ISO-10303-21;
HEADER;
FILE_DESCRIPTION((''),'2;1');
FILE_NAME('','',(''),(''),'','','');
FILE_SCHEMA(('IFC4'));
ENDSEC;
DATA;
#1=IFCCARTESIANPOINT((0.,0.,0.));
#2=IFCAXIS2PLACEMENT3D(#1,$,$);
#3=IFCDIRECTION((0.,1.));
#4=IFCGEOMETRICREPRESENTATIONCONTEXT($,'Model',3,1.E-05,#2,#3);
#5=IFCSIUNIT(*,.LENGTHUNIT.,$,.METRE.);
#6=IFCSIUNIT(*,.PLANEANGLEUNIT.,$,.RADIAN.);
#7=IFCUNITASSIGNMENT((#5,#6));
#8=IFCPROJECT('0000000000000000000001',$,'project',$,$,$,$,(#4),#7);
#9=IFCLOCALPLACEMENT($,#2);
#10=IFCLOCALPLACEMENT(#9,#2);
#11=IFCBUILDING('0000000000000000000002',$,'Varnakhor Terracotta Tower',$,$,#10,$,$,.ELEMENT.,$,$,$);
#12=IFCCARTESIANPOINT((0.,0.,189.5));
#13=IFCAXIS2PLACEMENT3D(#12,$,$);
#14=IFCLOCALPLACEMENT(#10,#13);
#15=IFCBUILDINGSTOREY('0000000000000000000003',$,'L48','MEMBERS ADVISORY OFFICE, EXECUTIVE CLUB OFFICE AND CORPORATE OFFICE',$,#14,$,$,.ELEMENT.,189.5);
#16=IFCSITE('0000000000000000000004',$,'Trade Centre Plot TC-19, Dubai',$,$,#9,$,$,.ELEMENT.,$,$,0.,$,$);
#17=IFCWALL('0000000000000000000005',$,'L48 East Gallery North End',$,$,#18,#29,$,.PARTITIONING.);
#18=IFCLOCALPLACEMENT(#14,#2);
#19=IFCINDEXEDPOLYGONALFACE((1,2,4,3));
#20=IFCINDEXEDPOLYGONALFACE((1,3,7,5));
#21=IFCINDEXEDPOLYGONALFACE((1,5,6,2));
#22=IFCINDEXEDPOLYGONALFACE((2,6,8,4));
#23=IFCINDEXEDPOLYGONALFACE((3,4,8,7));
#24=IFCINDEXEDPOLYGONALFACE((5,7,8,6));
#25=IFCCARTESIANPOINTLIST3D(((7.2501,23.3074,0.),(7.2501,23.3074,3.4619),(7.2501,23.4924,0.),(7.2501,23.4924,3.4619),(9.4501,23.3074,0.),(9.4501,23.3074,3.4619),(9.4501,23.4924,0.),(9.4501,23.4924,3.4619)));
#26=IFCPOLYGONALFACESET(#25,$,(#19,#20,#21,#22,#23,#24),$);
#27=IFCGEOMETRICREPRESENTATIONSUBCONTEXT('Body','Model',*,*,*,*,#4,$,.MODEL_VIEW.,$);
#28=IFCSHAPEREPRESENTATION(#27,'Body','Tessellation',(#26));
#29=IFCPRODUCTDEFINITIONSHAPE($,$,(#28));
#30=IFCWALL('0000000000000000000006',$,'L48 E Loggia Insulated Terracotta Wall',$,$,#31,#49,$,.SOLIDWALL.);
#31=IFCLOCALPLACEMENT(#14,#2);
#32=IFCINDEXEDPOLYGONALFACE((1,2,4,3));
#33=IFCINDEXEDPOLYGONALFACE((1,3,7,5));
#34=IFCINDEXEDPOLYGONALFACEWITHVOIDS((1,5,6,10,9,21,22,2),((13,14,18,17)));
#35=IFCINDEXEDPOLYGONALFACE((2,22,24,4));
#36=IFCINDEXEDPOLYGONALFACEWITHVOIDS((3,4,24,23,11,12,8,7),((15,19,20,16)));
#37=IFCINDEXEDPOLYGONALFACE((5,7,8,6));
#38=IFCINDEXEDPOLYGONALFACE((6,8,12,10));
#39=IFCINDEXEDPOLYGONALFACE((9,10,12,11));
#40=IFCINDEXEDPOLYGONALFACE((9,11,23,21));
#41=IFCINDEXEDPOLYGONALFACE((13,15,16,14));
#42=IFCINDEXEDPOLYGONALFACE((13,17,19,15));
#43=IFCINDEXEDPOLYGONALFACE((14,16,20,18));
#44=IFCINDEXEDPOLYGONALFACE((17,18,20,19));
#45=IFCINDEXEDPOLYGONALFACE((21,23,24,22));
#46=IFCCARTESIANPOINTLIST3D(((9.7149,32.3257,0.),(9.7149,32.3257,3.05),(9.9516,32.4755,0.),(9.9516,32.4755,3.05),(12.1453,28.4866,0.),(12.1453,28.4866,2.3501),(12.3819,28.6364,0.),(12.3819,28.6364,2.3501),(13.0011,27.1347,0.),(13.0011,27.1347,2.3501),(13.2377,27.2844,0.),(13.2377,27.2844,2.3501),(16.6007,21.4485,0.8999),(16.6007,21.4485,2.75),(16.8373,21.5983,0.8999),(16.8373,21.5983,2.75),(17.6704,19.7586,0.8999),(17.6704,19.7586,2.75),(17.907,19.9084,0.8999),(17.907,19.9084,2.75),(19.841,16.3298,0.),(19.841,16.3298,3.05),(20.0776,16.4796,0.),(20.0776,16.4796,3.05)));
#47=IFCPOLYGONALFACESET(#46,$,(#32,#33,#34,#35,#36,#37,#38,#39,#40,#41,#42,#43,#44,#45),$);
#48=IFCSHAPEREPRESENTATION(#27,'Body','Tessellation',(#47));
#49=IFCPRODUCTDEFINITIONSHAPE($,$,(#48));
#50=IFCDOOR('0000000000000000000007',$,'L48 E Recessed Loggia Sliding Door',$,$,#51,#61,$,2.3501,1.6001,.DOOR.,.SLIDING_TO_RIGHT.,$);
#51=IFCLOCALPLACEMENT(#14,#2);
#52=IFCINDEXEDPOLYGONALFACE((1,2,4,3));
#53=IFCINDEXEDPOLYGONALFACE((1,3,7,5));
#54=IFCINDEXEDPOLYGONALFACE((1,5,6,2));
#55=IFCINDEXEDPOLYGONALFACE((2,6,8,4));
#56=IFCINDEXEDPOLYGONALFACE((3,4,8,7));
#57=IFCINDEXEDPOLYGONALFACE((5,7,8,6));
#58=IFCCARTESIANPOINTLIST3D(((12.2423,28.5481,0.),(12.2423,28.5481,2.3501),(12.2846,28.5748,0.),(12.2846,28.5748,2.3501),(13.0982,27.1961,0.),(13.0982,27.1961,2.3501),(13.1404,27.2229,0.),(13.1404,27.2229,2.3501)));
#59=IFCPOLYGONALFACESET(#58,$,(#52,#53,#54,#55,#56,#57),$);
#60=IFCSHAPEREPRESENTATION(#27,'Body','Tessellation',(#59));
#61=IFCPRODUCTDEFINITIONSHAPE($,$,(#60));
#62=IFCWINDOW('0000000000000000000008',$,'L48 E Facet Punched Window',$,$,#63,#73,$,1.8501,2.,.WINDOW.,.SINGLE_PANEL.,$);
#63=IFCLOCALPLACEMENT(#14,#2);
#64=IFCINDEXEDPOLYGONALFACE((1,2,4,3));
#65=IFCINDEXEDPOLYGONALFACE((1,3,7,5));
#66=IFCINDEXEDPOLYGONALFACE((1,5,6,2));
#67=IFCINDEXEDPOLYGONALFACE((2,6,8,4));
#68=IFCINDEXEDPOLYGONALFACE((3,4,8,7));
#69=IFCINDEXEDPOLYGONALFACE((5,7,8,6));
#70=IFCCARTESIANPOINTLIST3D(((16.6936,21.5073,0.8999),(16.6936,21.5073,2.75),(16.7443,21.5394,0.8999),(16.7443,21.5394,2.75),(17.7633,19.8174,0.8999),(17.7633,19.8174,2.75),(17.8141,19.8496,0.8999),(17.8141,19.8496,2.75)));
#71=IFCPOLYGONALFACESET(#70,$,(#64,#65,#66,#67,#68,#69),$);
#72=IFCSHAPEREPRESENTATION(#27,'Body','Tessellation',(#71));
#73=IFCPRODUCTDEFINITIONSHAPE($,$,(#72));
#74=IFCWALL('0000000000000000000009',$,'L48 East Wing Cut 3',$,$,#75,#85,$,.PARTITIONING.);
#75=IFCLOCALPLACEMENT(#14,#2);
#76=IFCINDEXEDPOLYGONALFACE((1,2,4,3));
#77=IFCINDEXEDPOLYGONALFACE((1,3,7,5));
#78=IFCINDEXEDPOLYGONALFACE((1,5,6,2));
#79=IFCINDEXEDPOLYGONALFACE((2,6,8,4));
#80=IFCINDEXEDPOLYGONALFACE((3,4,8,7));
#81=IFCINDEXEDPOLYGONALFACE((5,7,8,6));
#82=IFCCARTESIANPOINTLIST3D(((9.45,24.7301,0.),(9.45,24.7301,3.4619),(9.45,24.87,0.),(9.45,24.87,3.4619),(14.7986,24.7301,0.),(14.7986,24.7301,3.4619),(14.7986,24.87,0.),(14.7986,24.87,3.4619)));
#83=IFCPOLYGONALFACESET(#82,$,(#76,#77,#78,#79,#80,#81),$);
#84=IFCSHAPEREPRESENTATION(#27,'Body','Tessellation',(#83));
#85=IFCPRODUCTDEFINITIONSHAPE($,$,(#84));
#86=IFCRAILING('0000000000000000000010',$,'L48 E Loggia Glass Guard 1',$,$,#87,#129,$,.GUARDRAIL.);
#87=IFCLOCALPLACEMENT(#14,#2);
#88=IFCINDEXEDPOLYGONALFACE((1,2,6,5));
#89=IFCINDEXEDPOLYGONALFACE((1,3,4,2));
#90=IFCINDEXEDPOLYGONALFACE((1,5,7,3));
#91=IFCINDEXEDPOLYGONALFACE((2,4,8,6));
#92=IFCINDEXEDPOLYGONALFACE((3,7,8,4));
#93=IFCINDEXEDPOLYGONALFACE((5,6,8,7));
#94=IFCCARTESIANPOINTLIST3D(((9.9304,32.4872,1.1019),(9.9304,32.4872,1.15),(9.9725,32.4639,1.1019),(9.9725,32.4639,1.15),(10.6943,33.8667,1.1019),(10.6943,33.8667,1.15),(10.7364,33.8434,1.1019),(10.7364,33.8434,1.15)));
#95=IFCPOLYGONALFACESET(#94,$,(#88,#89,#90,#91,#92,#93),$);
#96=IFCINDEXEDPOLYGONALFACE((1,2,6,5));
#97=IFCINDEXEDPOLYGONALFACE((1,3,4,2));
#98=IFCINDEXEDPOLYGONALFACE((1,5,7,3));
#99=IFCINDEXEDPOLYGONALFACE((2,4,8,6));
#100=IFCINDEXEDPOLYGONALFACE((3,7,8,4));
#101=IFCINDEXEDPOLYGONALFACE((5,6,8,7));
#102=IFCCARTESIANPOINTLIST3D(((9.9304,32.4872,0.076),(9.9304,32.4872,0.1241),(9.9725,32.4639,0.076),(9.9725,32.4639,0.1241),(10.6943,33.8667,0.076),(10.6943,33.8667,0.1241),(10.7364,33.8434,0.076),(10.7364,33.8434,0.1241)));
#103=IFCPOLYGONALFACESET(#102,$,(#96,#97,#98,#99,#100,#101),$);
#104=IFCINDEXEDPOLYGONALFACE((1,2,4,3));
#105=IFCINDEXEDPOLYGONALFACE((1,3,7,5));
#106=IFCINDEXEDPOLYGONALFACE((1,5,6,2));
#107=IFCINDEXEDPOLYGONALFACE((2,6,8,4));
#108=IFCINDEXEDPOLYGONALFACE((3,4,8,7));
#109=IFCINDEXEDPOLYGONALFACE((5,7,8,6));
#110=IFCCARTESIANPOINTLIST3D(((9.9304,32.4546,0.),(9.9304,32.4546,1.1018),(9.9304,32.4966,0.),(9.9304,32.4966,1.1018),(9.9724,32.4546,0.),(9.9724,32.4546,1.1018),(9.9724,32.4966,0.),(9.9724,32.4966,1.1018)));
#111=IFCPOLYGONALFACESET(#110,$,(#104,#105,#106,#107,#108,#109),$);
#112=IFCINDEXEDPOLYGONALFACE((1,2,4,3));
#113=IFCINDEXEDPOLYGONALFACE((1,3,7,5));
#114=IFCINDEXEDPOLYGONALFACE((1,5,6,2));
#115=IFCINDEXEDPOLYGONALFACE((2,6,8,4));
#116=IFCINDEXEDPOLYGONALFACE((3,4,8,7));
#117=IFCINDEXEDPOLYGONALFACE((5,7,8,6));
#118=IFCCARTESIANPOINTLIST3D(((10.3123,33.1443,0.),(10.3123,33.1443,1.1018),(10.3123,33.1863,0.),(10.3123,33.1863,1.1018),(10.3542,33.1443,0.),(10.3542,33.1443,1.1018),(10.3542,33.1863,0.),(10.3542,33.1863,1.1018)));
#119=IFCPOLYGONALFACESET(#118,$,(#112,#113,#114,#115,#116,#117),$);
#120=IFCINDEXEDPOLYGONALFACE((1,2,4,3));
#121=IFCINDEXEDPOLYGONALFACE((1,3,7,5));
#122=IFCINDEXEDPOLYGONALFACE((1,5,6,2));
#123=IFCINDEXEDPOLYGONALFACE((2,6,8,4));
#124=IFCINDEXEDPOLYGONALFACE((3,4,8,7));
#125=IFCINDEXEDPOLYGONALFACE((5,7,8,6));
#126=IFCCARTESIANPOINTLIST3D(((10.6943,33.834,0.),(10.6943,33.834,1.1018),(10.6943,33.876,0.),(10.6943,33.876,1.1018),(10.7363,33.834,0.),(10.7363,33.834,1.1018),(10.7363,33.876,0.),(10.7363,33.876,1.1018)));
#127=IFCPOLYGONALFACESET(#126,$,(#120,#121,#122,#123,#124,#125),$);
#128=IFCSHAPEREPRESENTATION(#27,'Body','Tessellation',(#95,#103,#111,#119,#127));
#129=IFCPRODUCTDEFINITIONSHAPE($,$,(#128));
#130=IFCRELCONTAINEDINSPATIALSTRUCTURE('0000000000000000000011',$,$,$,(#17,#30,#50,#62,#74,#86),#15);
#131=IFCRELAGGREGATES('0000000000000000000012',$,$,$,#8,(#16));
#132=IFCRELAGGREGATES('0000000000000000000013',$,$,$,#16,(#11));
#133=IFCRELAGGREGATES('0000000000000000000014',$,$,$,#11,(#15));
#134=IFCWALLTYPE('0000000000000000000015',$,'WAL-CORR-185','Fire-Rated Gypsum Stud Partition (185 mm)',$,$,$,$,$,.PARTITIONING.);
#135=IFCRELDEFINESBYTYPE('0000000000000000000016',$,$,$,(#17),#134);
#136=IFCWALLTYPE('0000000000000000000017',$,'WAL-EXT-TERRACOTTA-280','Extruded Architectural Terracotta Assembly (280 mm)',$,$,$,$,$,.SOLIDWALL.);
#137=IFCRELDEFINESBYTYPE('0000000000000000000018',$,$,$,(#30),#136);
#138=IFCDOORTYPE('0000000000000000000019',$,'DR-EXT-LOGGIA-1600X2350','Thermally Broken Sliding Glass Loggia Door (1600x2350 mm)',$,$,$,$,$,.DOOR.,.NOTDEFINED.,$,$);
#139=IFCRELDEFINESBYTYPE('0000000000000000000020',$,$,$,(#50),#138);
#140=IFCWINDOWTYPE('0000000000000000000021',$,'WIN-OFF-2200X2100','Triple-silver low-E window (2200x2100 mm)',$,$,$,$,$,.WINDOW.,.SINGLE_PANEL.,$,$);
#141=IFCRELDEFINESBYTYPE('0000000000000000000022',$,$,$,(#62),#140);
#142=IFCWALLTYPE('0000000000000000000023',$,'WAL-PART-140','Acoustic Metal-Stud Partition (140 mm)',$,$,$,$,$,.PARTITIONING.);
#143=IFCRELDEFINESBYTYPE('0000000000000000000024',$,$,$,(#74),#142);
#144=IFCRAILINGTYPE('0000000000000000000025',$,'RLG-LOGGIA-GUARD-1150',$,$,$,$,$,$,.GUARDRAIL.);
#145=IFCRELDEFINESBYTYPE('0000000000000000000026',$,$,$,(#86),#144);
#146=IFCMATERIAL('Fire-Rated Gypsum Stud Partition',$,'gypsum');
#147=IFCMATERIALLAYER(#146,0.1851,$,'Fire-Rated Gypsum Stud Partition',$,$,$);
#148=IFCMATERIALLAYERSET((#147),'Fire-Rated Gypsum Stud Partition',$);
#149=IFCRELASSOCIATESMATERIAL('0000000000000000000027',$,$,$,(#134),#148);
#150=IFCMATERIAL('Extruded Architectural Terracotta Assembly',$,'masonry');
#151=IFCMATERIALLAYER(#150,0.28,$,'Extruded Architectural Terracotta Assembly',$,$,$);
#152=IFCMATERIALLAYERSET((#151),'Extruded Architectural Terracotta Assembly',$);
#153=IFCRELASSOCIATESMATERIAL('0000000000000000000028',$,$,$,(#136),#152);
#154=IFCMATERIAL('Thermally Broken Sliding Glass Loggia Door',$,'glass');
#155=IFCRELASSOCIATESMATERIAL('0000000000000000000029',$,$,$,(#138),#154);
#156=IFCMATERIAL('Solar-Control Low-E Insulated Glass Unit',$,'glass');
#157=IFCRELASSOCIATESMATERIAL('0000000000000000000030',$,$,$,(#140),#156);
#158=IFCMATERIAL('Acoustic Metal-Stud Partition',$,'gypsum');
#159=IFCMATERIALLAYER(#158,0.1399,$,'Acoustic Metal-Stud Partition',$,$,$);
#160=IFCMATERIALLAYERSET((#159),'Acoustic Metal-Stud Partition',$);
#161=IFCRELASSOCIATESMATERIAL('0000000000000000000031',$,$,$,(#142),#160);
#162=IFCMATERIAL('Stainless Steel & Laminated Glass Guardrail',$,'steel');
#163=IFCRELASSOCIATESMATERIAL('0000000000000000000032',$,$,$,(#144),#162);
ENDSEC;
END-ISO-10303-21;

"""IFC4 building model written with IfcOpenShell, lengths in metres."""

from ifc_helpers import new_model, si_unit, direction, frame, frame_2d, origin, origin_2d, place, context, subcontext, project, spatial, rectangle, extrude, source, transform, mapped, material, layer, layer_set, type_object, type_shapes, element, fill, save


model = new_model("IFC4")

# Units and contexts
model_context = context("Model", 3, precision=1e-05, world=origin(), true_north=direction((0.0, 1.0)))
body_context = subcontext(model_context, "Body", "Model", "MODEL_VIEW")
ifc_project = project(units=[si_unit("LENGTHUNIT", "METRE"), si_unit("PLANEANGLEUNIT", "RADIAN")], contexts=[model_context])

# Site, building, storey
site_placement = place(None, origin())
site = spatial("IfcSite", under=ifc_project, at=site_placement, Name="Trade Centre Plot TC-19, Dubai", CompositionType="ELEMENT", RefElevation=0.0)
building_placement = place(site_placement, origin())
building = spatial("IfcBuilding", under=site, at=building_placement, Name="Varnakhor Terracotta Tower", CompositionType="ELEMENT")
storey_placement = place(building_placement, frame((0.0, 0.0, 189.5)))
storey = spatial("IfcBuildingStorey", under=building, at=storey_placement, Name="L48", Description="MEMBERS ADVISORY OFFICE, EXECUTIVE CLUB OFFICE AND CORPORATE OFFICE", CompositionType="ELEMENT", Elevation=189.5)

# Wall
ifc_material_1 = material(Name="Fire-Rated Gypsum Stud Partition", Category="gypsum")
ifc_layer_1 = layer(ifc_material_1, 0.1851, Name="Fire-Rated Gypsum Stud Partition")
ifc_layer_set_1 = layer_set([ifc_layer_1], Name="Fire-Rated Gypsum Stud Partition")
wall_type_1 = type_object("IfcWallType", Name="WAL-CORR-185", Description="Fire-Rated Gypsum Stud Partition (185 mm)", PredefinedType="PARTITIONING", material=ifc_layer_set_1)
wall_1_placement = place(storey_placement, frame((7.25, 23.3999, 0.0), z_axis=(0.0, 0.0, 1.0), x_axis=(1.0, 0.0, 0.0)))
element("IfcWall", 1, at=wall_1_placement, inside=storey, type_object=wall_type_1, Name="L48 East Gallery North End", PredefinedType="PARTITIONING", context=body_context, shape_type="SweptSolid", body=[
    extrude(rectangle(XDim=2.2, YDim=0.1851, at=frame_2d((1.1001, 0.0))), origin(), (0.0, 0.0, 1.0), 3.4619),
])

# Wall, openings, door, window
ifc_material_2 = material(Name="Extruded Architectural Terracotta Assembly", Category="masonry")
ifc_layer_2 = layer(ifc_material_2, 0.28, Name="Extruded Architectural Terracotta Assembly")
ifc_layer_set_2 = layer_set([ifc_layer_2], Name="Extruded Architectural Terracotta Assembly")
wall_type_2 = type_object("IfcWallType", Name="WAL-EXT-TERRACOTTA-280", Description="Extruded Architectural Terracotta Assembly (280 mm)", PredefinedType="SOLIDWALL", material=ifc_layer_set_2)
wall_2_placement = place(storey_placement, frame((9.8333, 32.4006, 0.0), z_axis=(0.0, 0.0, 1.0), x_axis=(0.534874, -0.844932, 0.0)))
wall_2 = element("IfcWall", 2, at=wall_2_placement, inside=storey, type_object=wall_type_2, Name="L48 E Loggia Insulated Terracotta Wall", PredefinedType="SOLIDWALL", context=body_context, shape_type="SweptSolid", body=[
    extrude(rectangle(XDim=18.9316, YDim=0.28, at=frame_2d((9.4658, 0.0))), origin(), (0.0, 0.0, 1.0), 3.05),
])
opening_1_placement = place(wall_2_placement, frame((4.5437, 0.0, 0.0)))
opening_1 = element("IfcOpeningElement", 3, at=opening_1_placement, cuts=wall_2, PredefinedType="OPENING", context=body_context, shape_type="SweptSolid", body=[
    extrude(rectangle(XDim=1.6001, YDim=2.3501, at=frame_2d((0.8, 1.175))), frame((0.0, 0.1499, 0.0), z_axis=(0.0, -1.0, 0.0), x_axis=(1.0, 0.0, 0.0)), (0.0, 0.0, 1.0), 0.3),
])
opening_2_placement = place(wall_2_placement, frame((12.8735, 0.0, 0.8999)))
opening_2 = element("IfcOpeningElement", 4, at=opening_2_placement, cuts=wall_2, PredefinedType="OPENING", context=body_context, shape_type="SweptSolid", body=[
    extrude(rectangle(XDim=2.0, YDim=1.8501, at=frame_2d((1.0, 0.925))), frame((0.0, 0.1499, 0.0), z_axis=(0.0, -1.0, 0.0), x_axis=(1.0, 0.0, 0.0)), (0.0, 0.0, 1.0), 0.3),
])
ifc_material_3 = material(Name="Thermally Broken Sliding Glass Loggia Door", Category="glass")
door_type = type_object("IfcDoorType", Name="DR-EXT-LOGGIA-1600X2350", Description="Thermally Broken Sliding Glass Loggia Door (1600x2350 mm)", OperationType="NOTDEFINED", PredefinedType="DOOR", material=ifc_material_3)
shared_shape_1 = source(origin(), body_context, "Body", "SweptSolid", [
    extrude(rectangle(XDim=1.6001, YDim=2.3501, at=frame_2d((0.8, 1.175))), frame((0.0, 0.0249, 0.0), z_axis=(0.0, -1.0, 0.0), x_axis=(1.0, 0.0, 0.0)), (0.0, 0.0, 1.0), 0.05),
])
type_shapes(door_type, [shared_shape_1])
door_placement = place(opening_1_placement, origin())
door = element("IfcDoor", 5, at=door_placement, inside=storey, type_object=door_type, Name="L48 E Recessed Loggia Sliding Door", OperationType="SLIDING_TO_RIGHT", OverallHeight=2.3501, OverallWidth=1.6001, PredefinedType="DOOR", context=body_context, shape_type="MappedRepresentation", body=[
    mapped(shared_shape_1, transform((0.0, 0.0, 0.0), scale=1.0)),
])
fill(opening_1, door)
ifc_material_4 = material(Name="Solar-Control Low-E Insulated Glass Unit", Category="glass")
window_type = type_object("IfcWindowType", Name="WIN-OFF-2200X2100", Description="Triple-silver low-E window (2200x2100 mm)", PartitioningType="SINGLE_PANEL", PredefinedType="WINDOW", material=ifc_material_4)
shared_shape_2 = source(origin(), body_context, "Body", "SweptSolid", [
    extrude(rectangle(XDim=2.0, YDim=1.8501, at=frame_2d((1.0, 0.925))), frame((0.0, 0.03, 0.0), z_axis=(0.0, -1.0, 0.0), x_axis=(1.0, 0.0, 0.0)), (0.0, 0.0, 1.0), 0.0601),
])
type_shapes(window_type, [shared_shape_2])
window_placement = place(opening_2_placement, origin())
window = element("IfcWindow", 6, at=window_placement, inside=storey, type_object=window_type, Name="L48 E Facet Punched Window", OverallHeight=1.8501, OverallWidth=2.0, PartitioningType="SINGLE_PANEL", PredefinedType="WINDOW", context=body_context, shape_type="MappedRepresentation", body=[
    mapped(shared_shape_2, transform((0.0, 0.0, 0.0), scale=1.0)),
])
fill(opening_2, window)

# Wall
ifc_material_5 = material(Name="Acoustic Metal-Stud Partition", Category="gypsum")
ifc_layer_3 = layer(ifc_material_5, 0.1399, Name="Acoustic Metal-Stud Partition")
ifc_layer_set_3 = layer_set([ifc_layer_3], Name="Acoustic Metal-Stud Partition")
wall_type_3 = type_object("IfcWallType", Name="WAL-PART-140", Description="Acoustic Metal-Stud Partition (140 mm)", PredefinedType="PARTITIONING", material=ifc_layer_set_3)
wall_3_placement = place(storey_placement, frame((9.45, 24.8, 0.0), z_axis=(0.0, 0.0, 1.0), x_axis=(1.0, 0.0, 0.0)))
element("IfcWall", 7, at=wall_3_placement, inside=storey, type_object=wall_type_3, Name="L48 East Wing Cut 3", PredefinedType="PARTITIONING", context=body_context, shape_type="SweptSolid", body=[
    extrude(rectangle(XDim=5.3486, YDim=0.1399, at=frame_2d((2.6743, 0.0))), origin(), (0.0, 0.0, 1.0), 3.4619),
])

# Railing
ifc_material_6 = material(Name="Stainless Steel & Laminated Glass Guardrail", Category="steel")
railing_type = type_object("IfcRailingType", Name="RLG-LOGGIA-GUARD-1150", PredefinedType="GUARDRAIL", material=ifc_material_6)
railing_1_placement = place(storey_placement, frame((9.9514, 32.4756, 0.0)))
element("IfcRailing", 8, at=railing_1_placement, inside=storey, type_object=railing_type, Name="L48 E Loggia Glass Guard 1", PredefinedType="GUARDRAIL", context=body_context, shape_type="SweptSolid", body=[
    extrude(rectangle(XDim=0.0481, YDim=0.0481, at=origin_2d()), frame((0.0, 0.0, 1.126), z_axis=(0.484472, 0.874806, 0.0), x_axis=(-0.874806, 0.484472, 0.0)), (0.0, 0.0, 1.0), 1.5769),
    extrude(rectangle(XDim=0.0481, YDim=0.0481, at=origin_2d()), frame((0.0, 0.0, 0.1001), z_axis=(0.484472, 0.874806, 0.0), x_axis=(-0.874806, 0.484472, 0.0)), (0.0, 0.0, 1.0), 1.5769),
    extrude(rectangle(XDim=0.042, YDim=0.042, at=origin_2d()), origin(), (0.0, 0.0, 1.0), 1.1018),
    extrude(rectangle(XDim=0.042, YDim=0.042, at=origin_2d()), frame((0.3818, 0.6897, 0.0)), (0.0, 0.0, 1.0), 1.1018),
    extrude(rectangle(XDim=0.042, YDim=0.042, at=origin_2d()), frame((0.7639, 1.3794, 0.0)), (0.0, 0.0, 1.0), 1.1018),
])

save(model, "model.ifc")
